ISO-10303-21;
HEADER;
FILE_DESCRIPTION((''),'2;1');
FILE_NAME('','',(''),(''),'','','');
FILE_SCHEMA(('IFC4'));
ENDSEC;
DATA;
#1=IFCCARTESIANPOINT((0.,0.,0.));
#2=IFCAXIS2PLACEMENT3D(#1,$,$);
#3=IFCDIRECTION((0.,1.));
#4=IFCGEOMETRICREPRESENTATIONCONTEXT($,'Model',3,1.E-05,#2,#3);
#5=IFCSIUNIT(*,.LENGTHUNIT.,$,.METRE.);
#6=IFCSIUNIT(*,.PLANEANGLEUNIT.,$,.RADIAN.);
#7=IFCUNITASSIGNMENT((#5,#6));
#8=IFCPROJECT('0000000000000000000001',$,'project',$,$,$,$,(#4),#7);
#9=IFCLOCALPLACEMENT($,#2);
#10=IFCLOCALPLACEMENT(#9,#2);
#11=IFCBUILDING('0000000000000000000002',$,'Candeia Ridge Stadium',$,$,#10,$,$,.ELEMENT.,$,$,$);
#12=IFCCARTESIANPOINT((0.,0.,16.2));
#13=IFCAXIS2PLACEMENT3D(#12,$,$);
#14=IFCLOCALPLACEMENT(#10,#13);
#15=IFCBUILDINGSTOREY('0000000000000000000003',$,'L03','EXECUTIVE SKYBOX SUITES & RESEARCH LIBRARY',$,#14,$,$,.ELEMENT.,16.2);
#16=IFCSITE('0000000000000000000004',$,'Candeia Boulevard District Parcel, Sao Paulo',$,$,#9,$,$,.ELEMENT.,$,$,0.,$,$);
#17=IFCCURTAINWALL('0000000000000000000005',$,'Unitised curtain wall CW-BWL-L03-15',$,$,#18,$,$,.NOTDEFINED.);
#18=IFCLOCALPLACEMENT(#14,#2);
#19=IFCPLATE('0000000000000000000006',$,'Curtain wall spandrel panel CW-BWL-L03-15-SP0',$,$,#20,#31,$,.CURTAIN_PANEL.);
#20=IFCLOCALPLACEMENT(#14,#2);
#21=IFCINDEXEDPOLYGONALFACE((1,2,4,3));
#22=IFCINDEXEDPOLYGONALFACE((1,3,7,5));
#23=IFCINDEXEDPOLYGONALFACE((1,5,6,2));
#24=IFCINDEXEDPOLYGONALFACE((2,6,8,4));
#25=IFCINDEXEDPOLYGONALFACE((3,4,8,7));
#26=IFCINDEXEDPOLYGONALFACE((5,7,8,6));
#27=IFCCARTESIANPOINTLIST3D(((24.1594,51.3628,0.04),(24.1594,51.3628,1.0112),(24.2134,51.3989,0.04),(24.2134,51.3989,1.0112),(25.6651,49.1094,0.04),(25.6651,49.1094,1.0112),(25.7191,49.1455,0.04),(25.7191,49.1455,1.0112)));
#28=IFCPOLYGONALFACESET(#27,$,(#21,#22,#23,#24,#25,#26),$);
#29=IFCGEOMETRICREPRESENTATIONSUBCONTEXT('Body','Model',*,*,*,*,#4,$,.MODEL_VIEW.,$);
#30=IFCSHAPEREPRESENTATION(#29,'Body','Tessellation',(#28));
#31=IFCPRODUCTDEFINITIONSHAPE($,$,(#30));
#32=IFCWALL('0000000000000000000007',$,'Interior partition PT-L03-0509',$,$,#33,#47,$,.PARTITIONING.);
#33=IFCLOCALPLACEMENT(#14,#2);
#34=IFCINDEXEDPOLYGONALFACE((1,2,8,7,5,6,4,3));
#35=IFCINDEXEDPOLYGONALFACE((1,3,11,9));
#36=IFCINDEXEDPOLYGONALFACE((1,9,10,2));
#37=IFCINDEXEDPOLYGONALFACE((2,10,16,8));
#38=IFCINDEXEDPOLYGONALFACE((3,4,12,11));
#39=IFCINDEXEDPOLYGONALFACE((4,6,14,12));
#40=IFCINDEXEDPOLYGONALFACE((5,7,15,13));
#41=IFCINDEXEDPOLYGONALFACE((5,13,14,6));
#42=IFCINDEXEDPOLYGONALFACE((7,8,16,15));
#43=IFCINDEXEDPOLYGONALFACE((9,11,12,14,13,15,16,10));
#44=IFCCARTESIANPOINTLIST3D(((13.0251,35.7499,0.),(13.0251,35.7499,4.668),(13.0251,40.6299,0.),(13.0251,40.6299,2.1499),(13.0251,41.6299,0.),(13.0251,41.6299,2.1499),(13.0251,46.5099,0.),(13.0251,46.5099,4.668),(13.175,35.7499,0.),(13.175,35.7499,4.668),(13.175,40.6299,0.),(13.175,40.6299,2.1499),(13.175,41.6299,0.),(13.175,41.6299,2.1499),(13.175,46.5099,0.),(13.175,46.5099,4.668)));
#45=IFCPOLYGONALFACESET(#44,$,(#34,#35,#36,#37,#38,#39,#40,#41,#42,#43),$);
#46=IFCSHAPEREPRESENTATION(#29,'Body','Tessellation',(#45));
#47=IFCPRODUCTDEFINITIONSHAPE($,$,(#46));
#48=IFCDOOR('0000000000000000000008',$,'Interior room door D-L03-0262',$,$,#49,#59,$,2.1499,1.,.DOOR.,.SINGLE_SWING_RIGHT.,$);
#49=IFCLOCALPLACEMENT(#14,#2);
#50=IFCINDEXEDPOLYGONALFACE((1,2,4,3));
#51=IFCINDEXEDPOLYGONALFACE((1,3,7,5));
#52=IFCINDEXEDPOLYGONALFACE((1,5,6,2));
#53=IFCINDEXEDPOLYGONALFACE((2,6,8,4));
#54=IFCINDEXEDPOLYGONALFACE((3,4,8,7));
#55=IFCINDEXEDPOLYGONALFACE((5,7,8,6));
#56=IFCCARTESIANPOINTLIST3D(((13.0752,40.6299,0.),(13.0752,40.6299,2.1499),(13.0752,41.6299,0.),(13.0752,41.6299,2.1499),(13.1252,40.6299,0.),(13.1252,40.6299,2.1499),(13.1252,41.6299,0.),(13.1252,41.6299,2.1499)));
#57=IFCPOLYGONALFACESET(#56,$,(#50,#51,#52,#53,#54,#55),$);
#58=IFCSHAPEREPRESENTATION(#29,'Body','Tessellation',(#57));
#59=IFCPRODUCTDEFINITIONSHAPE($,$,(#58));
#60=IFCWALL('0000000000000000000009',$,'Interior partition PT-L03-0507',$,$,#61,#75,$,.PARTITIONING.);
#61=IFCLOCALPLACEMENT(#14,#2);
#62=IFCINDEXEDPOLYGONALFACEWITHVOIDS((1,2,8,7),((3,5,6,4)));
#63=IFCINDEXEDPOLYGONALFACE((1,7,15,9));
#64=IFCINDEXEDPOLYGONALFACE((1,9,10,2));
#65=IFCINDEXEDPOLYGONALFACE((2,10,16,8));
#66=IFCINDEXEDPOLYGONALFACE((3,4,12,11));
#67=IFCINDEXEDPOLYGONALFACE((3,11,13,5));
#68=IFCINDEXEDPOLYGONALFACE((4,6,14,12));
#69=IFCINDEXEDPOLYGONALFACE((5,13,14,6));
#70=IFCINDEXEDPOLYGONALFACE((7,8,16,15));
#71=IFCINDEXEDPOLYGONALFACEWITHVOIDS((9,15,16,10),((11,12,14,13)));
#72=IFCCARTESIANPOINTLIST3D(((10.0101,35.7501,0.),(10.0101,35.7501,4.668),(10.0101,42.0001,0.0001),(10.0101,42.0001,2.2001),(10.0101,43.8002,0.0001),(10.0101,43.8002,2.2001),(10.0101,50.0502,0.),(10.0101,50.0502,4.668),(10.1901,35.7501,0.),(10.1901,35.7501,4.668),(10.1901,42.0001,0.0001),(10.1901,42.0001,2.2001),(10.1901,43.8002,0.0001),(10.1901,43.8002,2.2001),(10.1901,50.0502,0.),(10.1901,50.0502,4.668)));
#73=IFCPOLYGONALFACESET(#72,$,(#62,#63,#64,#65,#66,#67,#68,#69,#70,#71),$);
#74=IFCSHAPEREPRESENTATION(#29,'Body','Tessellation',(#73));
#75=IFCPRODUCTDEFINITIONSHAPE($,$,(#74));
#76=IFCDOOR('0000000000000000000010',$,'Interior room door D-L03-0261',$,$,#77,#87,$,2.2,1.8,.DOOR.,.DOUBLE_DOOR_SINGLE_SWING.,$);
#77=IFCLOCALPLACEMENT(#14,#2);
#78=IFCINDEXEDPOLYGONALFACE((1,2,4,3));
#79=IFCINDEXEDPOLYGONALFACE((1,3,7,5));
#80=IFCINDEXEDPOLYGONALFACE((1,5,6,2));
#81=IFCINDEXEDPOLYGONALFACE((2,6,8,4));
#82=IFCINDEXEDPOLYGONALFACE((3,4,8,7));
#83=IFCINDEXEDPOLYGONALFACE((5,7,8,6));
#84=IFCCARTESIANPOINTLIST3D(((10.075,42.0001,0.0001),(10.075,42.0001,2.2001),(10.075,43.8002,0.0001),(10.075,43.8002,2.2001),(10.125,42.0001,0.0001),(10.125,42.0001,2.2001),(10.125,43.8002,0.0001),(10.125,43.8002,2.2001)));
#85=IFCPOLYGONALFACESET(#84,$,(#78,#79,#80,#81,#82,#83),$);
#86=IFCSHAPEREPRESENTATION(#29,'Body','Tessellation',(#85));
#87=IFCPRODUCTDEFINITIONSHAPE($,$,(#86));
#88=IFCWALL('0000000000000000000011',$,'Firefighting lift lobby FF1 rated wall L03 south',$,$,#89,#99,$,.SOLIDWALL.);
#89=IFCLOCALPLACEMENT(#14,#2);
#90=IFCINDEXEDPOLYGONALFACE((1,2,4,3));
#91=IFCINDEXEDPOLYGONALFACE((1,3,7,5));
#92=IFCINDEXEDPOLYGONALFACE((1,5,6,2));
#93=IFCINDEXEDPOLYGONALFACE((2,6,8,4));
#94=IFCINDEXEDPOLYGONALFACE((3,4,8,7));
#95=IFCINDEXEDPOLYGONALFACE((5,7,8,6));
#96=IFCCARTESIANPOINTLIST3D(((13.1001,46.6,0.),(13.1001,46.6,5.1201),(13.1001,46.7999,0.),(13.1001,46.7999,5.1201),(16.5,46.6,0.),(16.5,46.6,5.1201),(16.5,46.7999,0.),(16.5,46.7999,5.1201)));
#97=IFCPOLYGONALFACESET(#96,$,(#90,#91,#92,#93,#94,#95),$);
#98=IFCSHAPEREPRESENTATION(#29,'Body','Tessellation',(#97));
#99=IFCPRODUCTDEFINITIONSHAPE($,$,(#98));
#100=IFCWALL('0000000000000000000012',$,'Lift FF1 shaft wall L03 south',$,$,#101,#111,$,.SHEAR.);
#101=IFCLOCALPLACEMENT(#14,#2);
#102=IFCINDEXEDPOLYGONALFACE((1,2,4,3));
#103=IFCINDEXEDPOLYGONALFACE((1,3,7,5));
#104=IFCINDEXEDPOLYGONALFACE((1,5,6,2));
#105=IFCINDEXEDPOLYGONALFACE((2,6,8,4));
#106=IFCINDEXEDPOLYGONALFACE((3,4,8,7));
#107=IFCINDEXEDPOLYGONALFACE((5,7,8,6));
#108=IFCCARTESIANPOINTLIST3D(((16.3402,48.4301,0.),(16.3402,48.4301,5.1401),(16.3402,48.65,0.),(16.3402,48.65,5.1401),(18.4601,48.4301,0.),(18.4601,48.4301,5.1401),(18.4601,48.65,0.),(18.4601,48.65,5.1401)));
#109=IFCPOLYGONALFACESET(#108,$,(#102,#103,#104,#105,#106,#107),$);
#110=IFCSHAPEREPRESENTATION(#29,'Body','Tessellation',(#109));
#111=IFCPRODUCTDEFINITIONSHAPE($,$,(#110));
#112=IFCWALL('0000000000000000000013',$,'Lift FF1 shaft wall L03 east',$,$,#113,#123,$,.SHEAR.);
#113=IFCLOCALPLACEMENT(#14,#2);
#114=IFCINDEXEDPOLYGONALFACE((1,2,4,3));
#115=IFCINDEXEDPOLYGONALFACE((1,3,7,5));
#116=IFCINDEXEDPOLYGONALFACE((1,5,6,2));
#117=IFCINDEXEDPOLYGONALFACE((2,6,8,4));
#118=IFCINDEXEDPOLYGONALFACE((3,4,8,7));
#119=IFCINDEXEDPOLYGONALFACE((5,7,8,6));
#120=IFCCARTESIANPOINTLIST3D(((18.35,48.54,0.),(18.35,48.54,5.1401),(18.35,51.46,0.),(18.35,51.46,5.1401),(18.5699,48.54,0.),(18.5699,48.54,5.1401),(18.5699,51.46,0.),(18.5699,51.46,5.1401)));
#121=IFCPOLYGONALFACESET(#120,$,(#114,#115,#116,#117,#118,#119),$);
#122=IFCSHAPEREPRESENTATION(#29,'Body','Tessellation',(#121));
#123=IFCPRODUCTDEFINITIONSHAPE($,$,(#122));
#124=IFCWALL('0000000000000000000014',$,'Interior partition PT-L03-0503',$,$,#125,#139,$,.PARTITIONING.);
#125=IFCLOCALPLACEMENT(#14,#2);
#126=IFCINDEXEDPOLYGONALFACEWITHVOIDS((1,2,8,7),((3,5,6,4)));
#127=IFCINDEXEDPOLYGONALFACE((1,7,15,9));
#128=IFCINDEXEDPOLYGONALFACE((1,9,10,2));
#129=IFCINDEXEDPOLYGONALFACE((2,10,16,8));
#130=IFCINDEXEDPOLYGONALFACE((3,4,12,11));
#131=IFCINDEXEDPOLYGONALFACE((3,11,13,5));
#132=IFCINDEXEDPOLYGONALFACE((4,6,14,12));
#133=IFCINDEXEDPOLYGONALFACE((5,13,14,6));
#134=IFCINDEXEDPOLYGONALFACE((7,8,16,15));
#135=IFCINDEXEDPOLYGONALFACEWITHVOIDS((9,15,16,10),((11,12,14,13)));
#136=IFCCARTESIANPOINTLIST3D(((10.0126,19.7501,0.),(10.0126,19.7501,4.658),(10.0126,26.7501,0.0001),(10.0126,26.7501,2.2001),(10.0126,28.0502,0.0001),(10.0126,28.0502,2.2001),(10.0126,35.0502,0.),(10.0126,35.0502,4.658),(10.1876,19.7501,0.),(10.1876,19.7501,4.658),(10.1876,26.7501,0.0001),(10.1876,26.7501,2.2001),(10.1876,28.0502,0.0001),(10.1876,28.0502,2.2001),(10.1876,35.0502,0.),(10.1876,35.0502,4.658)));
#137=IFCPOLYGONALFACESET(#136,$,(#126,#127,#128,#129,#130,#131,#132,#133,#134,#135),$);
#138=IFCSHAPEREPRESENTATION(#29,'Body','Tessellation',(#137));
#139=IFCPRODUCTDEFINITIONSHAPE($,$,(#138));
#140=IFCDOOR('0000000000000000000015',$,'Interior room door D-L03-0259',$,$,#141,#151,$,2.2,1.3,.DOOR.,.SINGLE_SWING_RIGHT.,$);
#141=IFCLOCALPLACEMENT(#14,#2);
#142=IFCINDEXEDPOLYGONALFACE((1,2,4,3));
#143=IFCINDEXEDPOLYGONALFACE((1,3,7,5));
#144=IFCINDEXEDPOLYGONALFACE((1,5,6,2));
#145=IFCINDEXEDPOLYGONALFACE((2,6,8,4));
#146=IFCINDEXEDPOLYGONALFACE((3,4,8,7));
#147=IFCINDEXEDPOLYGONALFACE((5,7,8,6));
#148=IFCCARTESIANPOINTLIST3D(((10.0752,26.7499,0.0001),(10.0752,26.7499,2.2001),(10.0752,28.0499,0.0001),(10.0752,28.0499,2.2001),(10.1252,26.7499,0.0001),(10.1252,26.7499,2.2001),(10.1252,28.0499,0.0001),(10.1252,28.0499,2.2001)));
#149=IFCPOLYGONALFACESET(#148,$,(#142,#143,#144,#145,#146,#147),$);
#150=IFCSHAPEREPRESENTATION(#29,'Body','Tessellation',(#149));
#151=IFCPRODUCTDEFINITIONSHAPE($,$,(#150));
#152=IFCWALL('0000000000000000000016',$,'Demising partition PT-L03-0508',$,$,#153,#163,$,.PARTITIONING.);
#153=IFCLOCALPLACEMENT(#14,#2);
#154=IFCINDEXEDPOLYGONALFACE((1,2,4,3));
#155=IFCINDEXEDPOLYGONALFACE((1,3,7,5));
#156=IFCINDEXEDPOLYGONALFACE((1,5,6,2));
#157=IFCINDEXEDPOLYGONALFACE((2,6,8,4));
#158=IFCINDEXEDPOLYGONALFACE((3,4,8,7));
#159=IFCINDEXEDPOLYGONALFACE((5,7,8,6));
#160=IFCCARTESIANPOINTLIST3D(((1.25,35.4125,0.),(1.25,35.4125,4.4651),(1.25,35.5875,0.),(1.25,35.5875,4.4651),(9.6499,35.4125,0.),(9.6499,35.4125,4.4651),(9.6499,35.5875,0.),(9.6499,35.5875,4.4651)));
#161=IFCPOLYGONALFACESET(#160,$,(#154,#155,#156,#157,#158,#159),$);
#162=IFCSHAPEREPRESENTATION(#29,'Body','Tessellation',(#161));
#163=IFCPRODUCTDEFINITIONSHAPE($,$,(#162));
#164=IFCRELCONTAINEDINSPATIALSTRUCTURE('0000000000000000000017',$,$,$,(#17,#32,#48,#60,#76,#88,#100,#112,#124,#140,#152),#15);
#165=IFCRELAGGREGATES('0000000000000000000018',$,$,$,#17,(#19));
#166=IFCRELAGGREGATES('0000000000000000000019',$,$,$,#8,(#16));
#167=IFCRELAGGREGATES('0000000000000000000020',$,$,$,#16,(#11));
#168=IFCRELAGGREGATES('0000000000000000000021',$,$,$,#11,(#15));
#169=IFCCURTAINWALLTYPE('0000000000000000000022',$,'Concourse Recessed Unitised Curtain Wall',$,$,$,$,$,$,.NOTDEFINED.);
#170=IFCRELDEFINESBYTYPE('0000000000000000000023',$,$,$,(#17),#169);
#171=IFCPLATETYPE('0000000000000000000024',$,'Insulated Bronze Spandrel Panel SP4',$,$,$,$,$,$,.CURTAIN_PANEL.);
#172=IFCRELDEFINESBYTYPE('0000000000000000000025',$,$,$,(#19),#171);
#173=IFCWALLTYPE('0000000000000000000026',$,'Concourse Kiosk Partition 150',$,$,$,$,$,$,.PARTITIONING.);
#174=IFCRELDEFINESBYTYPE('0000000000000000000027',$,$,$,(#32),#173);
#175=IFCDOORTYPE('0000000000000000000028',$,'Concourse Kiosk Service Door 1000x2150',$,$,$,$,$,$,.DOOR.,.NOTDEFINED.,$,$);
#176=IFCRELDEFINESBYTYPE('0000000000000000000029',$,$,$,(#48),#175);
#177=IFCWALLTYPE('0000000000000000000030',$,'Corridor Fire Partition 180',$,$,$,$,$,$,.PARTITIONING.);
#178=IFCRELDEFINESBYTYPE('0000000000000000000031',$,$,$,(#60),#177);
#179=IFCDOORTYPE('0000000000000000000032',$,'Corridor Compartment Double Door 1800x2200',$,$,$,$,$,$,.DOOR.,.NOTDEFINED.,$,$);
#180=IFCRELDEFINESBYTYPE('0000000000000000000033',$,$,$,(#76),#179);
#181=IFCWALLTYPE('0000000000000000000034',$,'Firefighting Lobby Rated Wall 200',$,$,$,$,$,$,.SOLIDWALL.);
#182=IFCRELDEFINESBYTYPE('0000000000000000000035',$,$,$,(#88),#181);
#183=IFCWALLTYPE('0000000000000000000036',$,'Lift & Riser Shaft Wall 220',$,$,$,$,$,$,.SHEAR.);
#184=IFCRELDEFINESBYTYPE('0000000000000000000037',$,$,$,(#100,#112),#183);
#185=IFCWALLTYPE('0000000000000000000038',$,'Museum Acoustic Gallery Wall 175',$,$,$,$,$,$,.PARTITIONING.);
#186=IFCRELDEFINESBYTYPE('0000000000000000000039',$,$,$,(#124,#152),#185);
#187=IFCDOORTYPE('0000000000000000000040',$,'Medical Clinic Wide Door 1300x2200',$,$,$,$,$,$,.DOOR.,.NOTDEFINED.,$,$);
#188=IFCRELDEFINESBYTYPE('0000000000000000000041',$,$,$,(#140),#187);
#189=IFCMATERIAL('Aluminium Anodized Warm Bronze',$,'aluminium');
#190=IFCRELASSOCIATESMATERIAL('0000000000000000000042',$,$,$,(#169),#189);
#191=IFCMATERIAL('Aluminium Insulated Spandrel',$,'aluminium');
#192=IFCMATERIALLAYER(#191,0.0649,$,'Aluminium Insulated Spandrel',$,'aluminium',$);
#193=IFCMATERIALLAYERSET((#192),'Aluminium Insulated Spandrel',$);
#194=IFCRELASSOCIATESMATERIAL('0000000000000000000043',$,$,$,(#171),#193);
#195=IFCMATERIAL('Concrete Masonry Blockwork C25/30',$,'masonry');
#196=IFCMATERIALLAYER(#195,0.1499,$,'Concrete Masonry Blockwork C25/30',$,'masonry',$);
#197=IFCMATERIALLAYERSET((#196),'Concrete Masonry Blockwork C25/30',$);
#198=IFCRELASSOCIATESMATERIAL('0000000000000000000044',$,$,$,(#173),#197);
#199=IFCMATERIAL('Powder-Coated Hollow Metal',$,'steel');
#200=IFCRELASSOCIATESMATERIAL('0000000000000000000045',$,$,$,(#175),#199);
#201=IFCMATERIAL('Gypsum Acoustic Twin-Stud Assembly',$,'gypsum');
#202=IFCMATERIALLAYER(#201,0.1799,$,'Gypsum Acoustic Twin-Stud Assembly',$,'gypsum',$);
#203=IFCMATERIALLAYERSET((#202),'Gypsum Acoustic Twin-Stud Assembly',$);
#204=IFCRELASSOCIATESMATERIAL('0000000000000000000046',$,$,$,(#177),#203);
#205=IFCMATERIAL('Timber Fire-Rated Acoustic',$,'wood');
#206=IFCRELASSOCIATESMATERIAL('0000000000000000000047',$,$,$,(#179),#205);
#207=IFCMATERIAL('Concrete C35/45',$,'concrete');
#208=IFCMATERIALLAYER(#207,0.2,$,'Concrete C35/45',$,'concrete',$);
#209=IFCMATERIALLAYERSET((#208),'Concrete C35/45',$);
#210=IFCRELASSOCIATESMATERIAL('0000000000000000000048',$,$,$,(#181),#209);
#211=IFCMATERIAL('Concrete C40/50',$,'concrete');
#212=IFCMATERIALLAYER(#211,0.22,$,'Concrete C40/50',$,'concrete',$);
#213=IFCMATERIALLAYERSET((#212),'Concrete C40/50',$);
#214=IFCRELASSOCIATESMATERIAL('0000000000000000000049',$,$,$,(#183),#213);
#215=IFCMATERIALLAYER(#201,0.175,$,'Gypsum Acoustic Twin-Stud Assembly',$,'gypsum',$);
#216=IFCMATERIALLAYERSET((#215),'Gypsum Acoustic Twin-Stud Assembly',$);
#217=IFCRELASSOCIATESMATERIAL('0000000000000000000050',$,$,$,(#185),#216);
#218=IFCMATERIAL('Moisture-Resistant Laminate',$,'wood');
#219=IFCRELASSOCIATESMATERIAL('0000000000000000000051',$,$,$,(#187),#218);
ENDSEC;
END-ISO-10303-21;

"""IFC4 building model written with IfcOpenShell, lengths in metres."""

from ifc_helpers import new_model, si_unit, direction, frame, frame_2d, origin, origin_2d, place, context, subcontext, project, spatial, rectangle, extrude, material, layer, layer_set, type_object, element, fill, aggregate, save


model = new_model("IFC4")

# Units and contexts
model_context = context("Model", 3, precision=1e-05, world=origin(), true_north=direction((0.0, 1.0)))
body_context = subcontext(model_context, "Body", "Model", "MODEL_VIEW")
ifc_project = project(units=[si_unit("LENGTHUNIT", "METRE"), si_unit("PLANEANGLEUNIT", "RADIAN")], contexts=[model_context])

# Site, building, storey
site_placement = place(None, origin())
site = spatial("IfcSite", under=ifc_project, at=site_placement, Name="Candeia Boulevard District Parcel, Sao Paulo", CompositionType="ELEMENT", RefElevation=0.0)
building_placement = place(site_placement, origin())
building = spatial("IfcBuilding", under=site, at=building_placement, Name="Candeia Ridge Stadium", CompositionType="ELEMENT")
storey_placement = place(building_placement, frame((0.0, 0.0, 16.2)))
storey = spatial("IfcBuildingStorey", under=building, at=storey_placement, Name="L03", Description="EXECUTIVE SKYBOX SUITES & RESEARCH LIBRARY", CompositionType="ELEMENT", Elevation=16.2)

# Shared definitions
ifc_material_1 = material(Name="Concrete C40/50", Category="concrete")

# Curtain wall, plate
ifc_material_2 = material(Name="Aluminium Anodized Warm Bronze", Category="aluminium")
curtain_wall_type = type_object("IfcCurtainWallType", Name="Concourse Recessed Unitised Curtain Wall", PredefinedType="NOTDEFINED", material=ifc_material_2)
curtain_wall_placement = place(storey_placement, origin())
curtain_wall = element("IfcCurtainWall", 1, at=curtain_wall_placement, inside=storey, type_object=curtain_wall_type, Name="Unitised curtain wall CW-BWL-L03-15", PredefinedType="NOTDEFINED")
ifc_material_3 = material(Name="Aluminium Insulated Spandrel", Category="aluminium")
ifc_layer_1 = layer(ifc_material_3, 0.0649, Name="Aluminium Insulated Spandrel", Category="aluminium")
ifc_layer_set_1 = layer_set([ifc_layer_1], Name="Aluminium Insulated Spandrel")
plate_type = type_object("IfcPlateType", Name="Insulated Bronze Spandrel Panel SP4", PredefinedType="CURTAIN_PANEL", material=ifc_layer_set_1)
plate_placement = place(storey_placement, frame((24.9392, 50.2542, 0.04), z_axis=(0.0, 0.0, 1.0), x_axis=(0.555571, -0.831469, 0.0)))
plate = element("IfcPlate", 2, at=plate_placement, type_object=plate_type, Name="Curtain wall spandrel panel CW-BWL-L03-15-SP0", PredefinedType="CURTAIN_PANEL", context=body_context, shape_type="SweptSolid", body=[
    extrude(rectangle(XDim=2.7102, YDim=0.0649, at=origin_2d()), origin(), (0.0, 0.0, 1.0), 0.9712),
])
aggregate(curtain_wall, [plate])

# Walls, openings, doors
ifc_material_4 = material(Name="Concrete Masonry Blockwork C25/30", Category="masonry")
ifc_layer_2 = layer(ifc_material_4, 0.1499, Name="Concrete Masonry Blockwork C25/30", Category="masonry")
ifc_layer_set_2 = layer_set([ifc_layer_2], Name="Concrete Masonry Blockwork C25/30")
wall_type_1 = type_object("IfcWallType", Name="Concourse Kiosk Partition 150", PredefinedType="PARTITIONING", material=ifc_layer_set_2)
wall_1_placement = place(storey_placement, frame((13.1001, 35.75, 0.0), z_axis=(0.0, 0.0, 1.0), x_axis=(0.0, 1.0, 0.0)))
wall_1 = element("IfcWall", 3, at=wall_1_placement, inside=storey, type_object=wall_type_1, Name="Interior partition PT-L03-0509", PredefinedType="PARTITIONING", context=body_context, shape_type="SweptSolid", body=[
    extrude(rectangle(XDim=10.76, YDim=0.1499, at=frame_2d((5.3799, 0.0))), origin(), (0.0, 0.0, 1.0), 4.668),
])
opening_1_placement = place(wall_1_placement, frame((4.8799, 0.0, 0.0)))
opening_1 = element("IfcOpeningElement", 4, at=opening_1_placement, cuts=wall_1, PredefinedType="OPENING", context=body_context, shape_type="SweptSolid", body=[
    extrude(rectangle(XDim=1.0, YDim=2.1499, at=frame_2d((0.5, 1.075))), frame((0.0, 0.085, 0.0), z_axis=(0.0, -1.0, 0.0), x_axis=(1.0, 0.0, 0.0)), (0.0, 0.0, 1.0), 0.1699),
])
ifc_material_5 = material(Name="Powder-Coated Hollow Metal", Category="steel")
door_type_1 = type_object("IfcDoorType", Name="Concourse Kiosk Service Door 1000x2150", OperationType="NOTDEFINED", PredefinedType="DOOR", material=ifc_material_5)
door_1_placement = place(opening_1_placement, origin())
door_1 = element("IfcDoor", 5, at=door_1_placement, inside=storey, type_object=door_type_1, Name="Interior room door D-L03-0262", OperationType="SINGLE_SWING_RIGHT", OverallHeight=2.1499, OverallWidth=1.0, PredefinedType="DOOR", context=body_context, shape_type="SweptSolid", body=[
    extrude(rectangle(XDim=1.0, YDim=2.1499, at=frame_2d((0.5, 1.075))), frame((0.0, 0.0249, 0.0), z_axis=(0.0, -1.0, 0.0), x_axis=(1.0, 0.0, 0.0)), (0.0, 0.0, 1.0), 0.05),
])
fill(opening_1, door_1)
ifc_material_6 = material(Name="Gypsum Acoustic Twin-Stud Assembly", Category="gypsum")
ifc_layer_3 = layer(ifc_material_6, 0.1799, Name="Gypsum Acoustic Twin-Stud Assembly", Category="gypsum")
ifc_layer_set_3 = layer_set([ifc_layer_3], Name="Gypsum Acoustic Twin-Stud Assembly")
wall_type_2 = type_object("IfcWallType", Name="Corridor Fire Partition 180", PredefinedType="PARTITIONING", material=ifc_layer_set_3)
wall_2_placement = place(storey_placement, frame((10.1001, 50.05, 0.0), z_axis=(0.0, 0.0, 1.0), x_axis=(0.0, -1.0, 0.0)))
wall_2 = element("IfcWall", 6, at=wall_2_placement, inside=storey, type_object=wall_type_2, Name="Interior partition PT-L03-0507", PredefinedType="PARTITIONING", context=body_context, shape_type="SweptSolid", body=[
    extrude(rectangle(XDim=14.3, YDim=0.1799, at=frame_2d((7.1499, 0.0))), origin(), (0.0, 0.0, 1.0), 4.668),
])
opening_2_placement = place(wall_2_placement, frame((6.25, 0.0, 0.0)))
opening_2 = element("IfcOpeningElement", 7, at=opening_2_placement, cuts=wall_2, PredefinedType="OPENING", context=body_context, shape_type="SweptSolid", body=[
    extrude(rectangle(XDim=1.8, YDim=2.2, at=frame_2d((0.8999, 1.1001))), frame((0.0, 0.0999, 0.0), z_axis=(0.0, -1.0, 0.0), x_axis=(1.0, 0.0, 0.0)), (0.0, 0.0, 1.0), 0.2),
])
ifc_material_7 = material(Name="Timber Fire-Rated Acoustic", Category="wood")
door_type_2 = type_object("IfcDoorType", Name="Corridor Compartment Double Door 1800x2200", OperationType="NOTDEFINED", PredefinedType="DOOR", material=ifc_material_7)
door_2_placement = place(opening_2_placement, origin())
door_2 = element("IfcDoor", 8, at=door_2_placement, inside=storey, type_object=door_type_2, Name="Interior room door D-L03-0261", OperationType="DOUBLE_DOOR_SINGLE_SWING", OverallHeight=2.2, OverallWidth=1.8, PredefinedType="DOOR", context=body_context, shape_type="SweptSolid", body=[
    extrude(rectangle(XDim=1.8, YDim=2.2, at=frame_2d((0.8999, 1.1001))), frame((0.0, 0.0249, 0.0), z_axis=(0.0, -1.0, 0.0), x_axis=(1.0, 0.0, 0.0)), (0.0, 0.0, 1.0), 0.05),
])
fill(opening_2, door_2)

# Walls
ifc_material_8 = material(Name="Concrete C35/45", Category="concrete")
ifc_layer_4 = layer(ifc_material_8, 0.2, Name="Concrete C35/45", Category="concrete")
ifc_layer_set_4 = layer_set([ifc_layer_4], Name="Concrete C35/45")
wall_type_3 = type_object("IfcWallType", Name="Firefighting Lobby Rated Wall 200", PredefinedType="SOLIDWALL", material=ifc_layer_set_4)
wall_3_placement = place(storey_placement, frame((13.1001, 46.7, 0.0), z_axis=(0.0, 0.0, 1.0), x_axis=(1.0, 0.0, 0.0)))
element("IfcWall", 9, at=wall_3_placement, inside=storey, type_object=wall_type_3, Name="Firefighting lift lobby FF1 rated wall L03 south", PredefinedType="SOLIDWALL", context=body_context, shape_type="SweptSolid", body=[
    extrude(rectangle(XDim=3.3999, YDim=0.2, at=frame_2d((1.7, 0.0))), origin(), (0.0, 0.0, 1.0), 5.1201),
])
ifc_layer_5 = layer(ifc_material_1, 0.22, Name="Concrete C40/50", Category="concrete")
ifc_layer_set_5 = layer_set([ifc_layer_5], Name="Concrete C40/50")
wall_type_4 = type_object("IfcWallType", Name="Lift & Riser Shaft Wall 220", PredefinedType="SHEAR", material=ifc_layer_set_5)
wall_4_placement = place(storey_placement, frame((16.3401, 48.54, 0.0), z_axis=(0.0, 0.0, 1.0), x_axis=(1.0, 0.0, 0.0)))
element("IfcWall", 10, at=wall_4_placement, inside=storey, type_object=wall_type_4, Name="Lift FF1 shaft wall L03 south", PredefinedType="SHEAR", context=body_context, shape_type="SweptSolid", body=[
    extrude(rectangle(XDim=2.1199, YDim=0.22, at=frame_2d((1.0601, 0.0))), origin(), (0.0, 0.0, 1.0), 5.1401),
])
wall_5_placement = place(storey_placement, frame((18.46, 48.54, 0.0), z_axis=(0.0, 0.0, 1.0), x_axis=(0.0, 1.0, 0.0)))
element("IfcWall", 11, at=wall_5_placement, inside=storey, type_object=wall_type_4, Name="Lift FF1 shaft wall L03 east", PredefinedType="SHEAR", context=body_context, shape_type="SweptSolid", body=[
    extrude(rectangle(XDim=2.9199, YDim=0.22, at=frame_2d((1.46, 0.0))), origin(), (0.0, 0.0, 1.0), 5.1401),
])

# Wall, opening, door
ifc_layer_6 = layer(ifc_material_6, 0.175, Name="Gypsum Acoustic Twin-Stud Assembly", Category="gypsum")
ifc_layer_set_6 = layer_set([ifc_layer_6], Name="Gypsum Acoustic Twin-Stud Assembly")
wall_type_5 = type_object("IfcWallType", Name="Museum Acoustic Gallery Wall 175", PredefinedType="PARTITIONING", material=ifc_layer_set_6)
wall_6_placement = place(storey_placement, frame((10.1001, 35.05, 0.0), z_axis=(0.0, 0.0, 1.0), x_axis=(0.0, -1.0, 0.0)))
wall_6 = element("IfcWall", 12, at=wall_6_placement, inside=storey, type_object=wall_type_5, Name="Interior partition PT-L03-0503", PredefinedType="PARTITIONING", context=body_context, shape_type="SweptSolid", body=[
    extrude(rectangle(XDim=15.3, YDim=0.175, at=frame_2d((7.6499, 0.0))), origin(), (0.0, 0.0, 1.0), 4.658),
])
opening_3_placement = place(wall_6_placement, frame((7.0, 0.0, 0.0)))
opening_3 = element("IfcOpeningElement", 13, at=opening_3_placement, cuts=wall_6, PredefinedType="OPENING", context=body_context, shape_type="SweptSolid", body=[
    extrude(rectangle(XDim=1.3, YDim=2.2, at=frame_2d((0.6499, 1.1001))), frame((0.0, 0.0974, 0.0), z_axis=(0.0, -1.0, 0.0), x_axis=(1.0, 0.0, 0.0)), (0.0, 0.0, 1.0), 0.1951),
])
ifc_material_9 = material(Name="Moisture-Resistant Laminate", Category="wood")
door_type_3 = type_object("IfcDoorType", Name="Medical Clinic Wide Door 1300x2200", OperationType="NOTDEFINED", PredefinedType="DOOR", material=ifc_material_9)
door_3_placement = place(opening_3_placement, frame((1.3, 0.0, 0.0), z_axis=(0.0, 0.0, 1.0), x_axis=(-1.0, 0.0, 0.0)))
door_3 = element("IfcDoor", 14, at=door_3_placement, inside=storey, type_object=door_type_3, Name="Interior room door D-L03-0259", OperationType="SINGLE_SWING_RIGHT", OverallHeight=2.2, OverallWidth=1.3, PredefinedType="DOOR", context=body_context, shape_type="SweptSolid", body=[
    extrude(rectangle(XDim=1.3, YDim=2.2, at=frame_2d((0.6499, 1.1001))), frame((0.0, 0.0249, 0.0), z_axis=(0.0, -1.0, 0.0), x_axis=(1.0, 0.0, 0.0)), (0.0, 0.0, 1.0), 0.05),
])
fill(opening_3, door_3)

# Wall
wall_7_placement = place(storey_placement, frame((9.6499, 35.5, 0.0), z_axis=(0.0, 0.0, 1.0), x_axis=(-1.0, 0.0, 0.0)))
element("IfcWall", 15, at=wall_7_placement, inside=storey, type_object=wall_type_5, Name="Demising partition PT-L03-0508", PredefinedType="PARTITIONING", context=body_context, shape_type="SweptSolid", body=[
    extrude(rectangle(XDim=8.3999, YDim=0.175, at=frame_2d((4.2, 0.0))), origin(), (0.0, 0.0, 1.0), 4.4651),
])

save(model, "model.ifc")
